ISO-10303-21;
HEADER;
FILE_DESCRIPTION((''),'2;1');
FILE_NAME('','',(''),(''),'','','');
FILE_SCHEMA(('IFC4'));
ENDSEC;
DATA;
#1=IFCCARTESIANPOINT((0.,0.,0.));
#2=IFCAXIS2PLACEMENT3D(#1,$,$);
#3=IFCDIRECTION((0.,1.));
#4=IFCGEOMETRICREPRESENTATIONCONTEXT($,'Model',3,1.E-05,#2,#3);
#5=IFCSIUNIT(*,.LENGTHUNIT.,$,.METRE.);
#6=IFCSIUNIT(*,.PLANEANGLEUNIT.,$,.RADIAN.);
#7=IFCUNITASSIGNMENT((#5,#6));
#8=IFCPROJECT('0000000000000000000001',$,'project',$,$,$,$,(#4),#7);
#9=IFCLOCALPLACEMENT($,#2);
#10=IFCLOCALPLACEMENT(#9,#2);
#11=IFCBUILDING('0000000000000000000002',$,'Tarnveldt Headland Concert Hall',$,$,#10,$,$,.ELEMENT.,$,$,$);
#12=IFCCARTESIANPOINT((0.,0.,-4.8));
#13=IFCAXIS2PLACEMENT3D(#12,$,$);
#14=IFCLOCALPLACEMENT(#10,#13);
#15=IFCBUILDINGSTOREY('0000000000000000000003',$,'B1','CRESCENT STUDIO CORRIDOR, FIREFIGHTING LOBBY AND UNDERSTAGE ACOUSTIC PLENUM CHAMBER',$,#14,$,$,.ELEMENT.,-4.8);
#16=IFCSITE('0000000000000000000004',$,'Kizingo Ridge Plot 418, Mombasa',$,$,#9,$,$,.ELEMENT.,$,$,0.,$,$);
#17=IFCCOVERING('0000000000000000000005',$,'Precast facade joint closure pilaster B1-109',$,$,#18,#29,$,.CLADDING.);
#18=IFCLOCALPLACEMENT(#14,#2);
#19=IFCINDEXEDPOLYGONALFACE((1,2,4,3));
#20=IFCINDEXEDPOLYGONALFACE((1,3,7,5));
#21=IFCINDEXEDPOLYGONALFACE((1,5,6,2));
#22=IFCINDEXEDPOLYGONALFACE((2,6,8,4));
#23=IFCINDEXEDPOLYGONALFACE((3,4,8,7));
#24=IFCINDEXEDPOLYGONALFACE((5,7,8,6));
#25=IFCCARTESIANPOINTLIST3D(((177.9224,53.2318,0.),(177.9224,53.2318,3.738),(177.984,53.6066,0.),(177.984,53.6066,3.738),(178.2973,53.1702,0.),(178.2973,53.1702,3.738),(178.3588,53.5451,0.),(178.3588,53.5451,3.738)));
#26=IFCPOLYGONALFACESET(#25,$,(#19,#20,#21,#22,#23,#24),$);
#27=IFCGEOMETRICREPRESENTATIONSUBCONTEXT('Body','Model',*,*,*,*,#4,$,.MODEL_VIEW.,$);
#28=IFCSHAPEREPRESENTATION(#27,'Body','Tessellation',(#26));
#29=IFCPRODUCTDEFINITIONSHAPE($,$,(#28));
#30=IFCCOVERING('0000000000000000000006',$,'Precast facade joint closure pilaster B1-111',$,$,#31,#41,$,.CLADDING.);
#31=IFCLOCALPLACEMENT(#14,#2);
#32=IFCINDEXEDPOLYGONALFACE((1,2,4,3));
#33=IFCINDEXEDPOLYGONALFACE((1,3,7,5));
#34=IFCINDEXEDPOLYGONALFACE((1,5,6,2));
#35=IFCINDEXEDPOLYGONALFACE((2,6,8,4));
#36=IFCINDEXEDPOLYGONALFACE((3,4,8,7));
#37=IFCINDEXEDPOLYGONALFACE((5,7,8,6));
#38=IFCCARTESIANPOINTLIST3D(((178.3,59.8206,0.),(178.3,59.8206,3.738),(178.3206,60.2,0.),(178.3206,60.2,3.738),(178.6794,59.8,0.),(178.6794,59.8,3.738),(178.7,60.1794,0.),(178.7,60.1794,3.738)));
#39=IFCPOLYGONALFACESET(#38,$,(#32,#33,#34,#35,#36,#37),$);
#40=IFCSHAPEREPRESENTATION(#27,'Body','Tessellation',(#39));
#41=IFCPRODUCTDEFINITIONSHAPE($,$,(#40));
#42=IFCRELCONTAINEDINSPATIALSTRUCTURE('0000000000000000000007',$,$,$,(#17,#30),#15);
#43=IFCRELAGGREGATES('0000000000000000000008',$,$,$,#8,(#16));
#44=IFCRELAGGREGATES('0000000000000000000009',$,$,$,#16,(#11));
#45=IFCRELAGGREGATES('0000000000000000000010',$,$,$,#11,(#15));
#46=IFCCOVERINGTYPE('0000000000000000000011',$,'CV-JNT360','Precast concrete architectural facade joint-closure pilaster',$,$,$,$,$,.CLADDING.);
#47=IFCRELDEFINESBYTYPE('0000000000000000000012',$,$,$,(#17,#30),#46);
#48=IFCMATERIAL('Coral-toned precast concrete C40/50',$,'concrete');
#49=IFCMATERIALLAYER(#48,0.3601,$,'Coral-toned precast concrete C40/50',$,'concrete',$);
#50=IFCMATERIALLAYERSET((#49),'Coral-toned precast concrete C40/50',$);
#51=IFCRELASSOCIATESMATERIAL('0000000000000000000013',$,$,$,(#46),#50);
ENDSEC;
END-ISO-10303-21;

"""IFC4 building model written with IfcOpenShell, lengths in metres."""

from ifc_helpers import new_model, si_unit, direction, frame, origin, origin_2d, place, context, subcontext, project, spatial, rectangle, extrude, material, layer, layer_set, type_object, element, save


model = new_model("IFC4")

# Units and contexts
model_context = context("Model", 3, precision=1e-05, world=origin(), true_north=direction((0.0, 1.0)))
body_context = subcontext(model_context, "Body", "Model", "MODEL_VIEW")
ifc_project = project(units=[si_unit("LENGTHUNIT", "METRE"), si_unit("PLANEANGLEUNIT", "RADIAN")], contexts=[model_context])

# Site, building, storey
site_placement = place(None, origin())
site = spatial("IfcSite", under=ifc_project, at=site_placement, Name="Kizingo Ridge Plot 418, Mombasa", CompositionType="ELEMENT", RefElevation=0.0)
building_placement = place(site_placement, origin())
building = spatial("IfcBuilding", under=site, at=building_placement, Name="Tarnveldt Headland Concert Hall", CompositionType="ELEMENT")
storey_placement = place(building_placement, frame((0.0, 0.0, -4.8)))
storey = spatial("IfcBuildingStorey", under=building, at=storey_placement, Name="B1", Description="CRESCENT STUDIO CORRIDOR, FIREFIGHTING LOBBY AND UNDERSTAGE ACOUSTIC PLENUM CHAMBER", CompositionType="ELEMENT", Elevation=-4.8)

# Shared definitions
ifc_material_1 = material(Name="Coral-toned precast concrete C40/50", Category="concrete")

# Coverings
ifc_layer_1 = layer(ifc_material_1, 0.3601, Name="Coral-toned precast concrete C40/50", Category="concrete")
ifc_layer_set_1 = layer_set([ifc_layer_1], Name="Coral-toned precast concrete C40/50")
covering_type = type_object("IfcCoveringType", Name="CV-JNT360", Description="Precast concrete architectural facade joint-closure pilaster", PredefinedType="CLADDING", material=ifc_layer_set_1)
for number, where, z_axis, x_axis, name in (
    (1, (178.1406, 53.3884, 0.0), (0.0, 0.0, 1.0), (-0.162121, -0.986771, 0.0), "Precast facade joint closure pilaster B1-109"),
    (2, (178.5, 60.0, 0.0), (0.0, 0.0, 1.0), (-0.054253, -0.998527, 0.0), "Precast facade joint closure pilaster B1-111"),
):
    element("IfcCovering", number, at=place(storey_placement, frame(where, z_axis=z_axis, x_axis=x_axis)), inside=storey, type_object=covering_type, Name=name, PredefinedType="CLADDING", context=body_context, shape_type="SweptSolid", body=[
        extrude(rectangle(XDim=0.3799, YDim=0.3799, at=origin_2d()), origin(), (0.0, 0.0, 1.0), 3.738),
    ])

save(model, "model.ifc")
